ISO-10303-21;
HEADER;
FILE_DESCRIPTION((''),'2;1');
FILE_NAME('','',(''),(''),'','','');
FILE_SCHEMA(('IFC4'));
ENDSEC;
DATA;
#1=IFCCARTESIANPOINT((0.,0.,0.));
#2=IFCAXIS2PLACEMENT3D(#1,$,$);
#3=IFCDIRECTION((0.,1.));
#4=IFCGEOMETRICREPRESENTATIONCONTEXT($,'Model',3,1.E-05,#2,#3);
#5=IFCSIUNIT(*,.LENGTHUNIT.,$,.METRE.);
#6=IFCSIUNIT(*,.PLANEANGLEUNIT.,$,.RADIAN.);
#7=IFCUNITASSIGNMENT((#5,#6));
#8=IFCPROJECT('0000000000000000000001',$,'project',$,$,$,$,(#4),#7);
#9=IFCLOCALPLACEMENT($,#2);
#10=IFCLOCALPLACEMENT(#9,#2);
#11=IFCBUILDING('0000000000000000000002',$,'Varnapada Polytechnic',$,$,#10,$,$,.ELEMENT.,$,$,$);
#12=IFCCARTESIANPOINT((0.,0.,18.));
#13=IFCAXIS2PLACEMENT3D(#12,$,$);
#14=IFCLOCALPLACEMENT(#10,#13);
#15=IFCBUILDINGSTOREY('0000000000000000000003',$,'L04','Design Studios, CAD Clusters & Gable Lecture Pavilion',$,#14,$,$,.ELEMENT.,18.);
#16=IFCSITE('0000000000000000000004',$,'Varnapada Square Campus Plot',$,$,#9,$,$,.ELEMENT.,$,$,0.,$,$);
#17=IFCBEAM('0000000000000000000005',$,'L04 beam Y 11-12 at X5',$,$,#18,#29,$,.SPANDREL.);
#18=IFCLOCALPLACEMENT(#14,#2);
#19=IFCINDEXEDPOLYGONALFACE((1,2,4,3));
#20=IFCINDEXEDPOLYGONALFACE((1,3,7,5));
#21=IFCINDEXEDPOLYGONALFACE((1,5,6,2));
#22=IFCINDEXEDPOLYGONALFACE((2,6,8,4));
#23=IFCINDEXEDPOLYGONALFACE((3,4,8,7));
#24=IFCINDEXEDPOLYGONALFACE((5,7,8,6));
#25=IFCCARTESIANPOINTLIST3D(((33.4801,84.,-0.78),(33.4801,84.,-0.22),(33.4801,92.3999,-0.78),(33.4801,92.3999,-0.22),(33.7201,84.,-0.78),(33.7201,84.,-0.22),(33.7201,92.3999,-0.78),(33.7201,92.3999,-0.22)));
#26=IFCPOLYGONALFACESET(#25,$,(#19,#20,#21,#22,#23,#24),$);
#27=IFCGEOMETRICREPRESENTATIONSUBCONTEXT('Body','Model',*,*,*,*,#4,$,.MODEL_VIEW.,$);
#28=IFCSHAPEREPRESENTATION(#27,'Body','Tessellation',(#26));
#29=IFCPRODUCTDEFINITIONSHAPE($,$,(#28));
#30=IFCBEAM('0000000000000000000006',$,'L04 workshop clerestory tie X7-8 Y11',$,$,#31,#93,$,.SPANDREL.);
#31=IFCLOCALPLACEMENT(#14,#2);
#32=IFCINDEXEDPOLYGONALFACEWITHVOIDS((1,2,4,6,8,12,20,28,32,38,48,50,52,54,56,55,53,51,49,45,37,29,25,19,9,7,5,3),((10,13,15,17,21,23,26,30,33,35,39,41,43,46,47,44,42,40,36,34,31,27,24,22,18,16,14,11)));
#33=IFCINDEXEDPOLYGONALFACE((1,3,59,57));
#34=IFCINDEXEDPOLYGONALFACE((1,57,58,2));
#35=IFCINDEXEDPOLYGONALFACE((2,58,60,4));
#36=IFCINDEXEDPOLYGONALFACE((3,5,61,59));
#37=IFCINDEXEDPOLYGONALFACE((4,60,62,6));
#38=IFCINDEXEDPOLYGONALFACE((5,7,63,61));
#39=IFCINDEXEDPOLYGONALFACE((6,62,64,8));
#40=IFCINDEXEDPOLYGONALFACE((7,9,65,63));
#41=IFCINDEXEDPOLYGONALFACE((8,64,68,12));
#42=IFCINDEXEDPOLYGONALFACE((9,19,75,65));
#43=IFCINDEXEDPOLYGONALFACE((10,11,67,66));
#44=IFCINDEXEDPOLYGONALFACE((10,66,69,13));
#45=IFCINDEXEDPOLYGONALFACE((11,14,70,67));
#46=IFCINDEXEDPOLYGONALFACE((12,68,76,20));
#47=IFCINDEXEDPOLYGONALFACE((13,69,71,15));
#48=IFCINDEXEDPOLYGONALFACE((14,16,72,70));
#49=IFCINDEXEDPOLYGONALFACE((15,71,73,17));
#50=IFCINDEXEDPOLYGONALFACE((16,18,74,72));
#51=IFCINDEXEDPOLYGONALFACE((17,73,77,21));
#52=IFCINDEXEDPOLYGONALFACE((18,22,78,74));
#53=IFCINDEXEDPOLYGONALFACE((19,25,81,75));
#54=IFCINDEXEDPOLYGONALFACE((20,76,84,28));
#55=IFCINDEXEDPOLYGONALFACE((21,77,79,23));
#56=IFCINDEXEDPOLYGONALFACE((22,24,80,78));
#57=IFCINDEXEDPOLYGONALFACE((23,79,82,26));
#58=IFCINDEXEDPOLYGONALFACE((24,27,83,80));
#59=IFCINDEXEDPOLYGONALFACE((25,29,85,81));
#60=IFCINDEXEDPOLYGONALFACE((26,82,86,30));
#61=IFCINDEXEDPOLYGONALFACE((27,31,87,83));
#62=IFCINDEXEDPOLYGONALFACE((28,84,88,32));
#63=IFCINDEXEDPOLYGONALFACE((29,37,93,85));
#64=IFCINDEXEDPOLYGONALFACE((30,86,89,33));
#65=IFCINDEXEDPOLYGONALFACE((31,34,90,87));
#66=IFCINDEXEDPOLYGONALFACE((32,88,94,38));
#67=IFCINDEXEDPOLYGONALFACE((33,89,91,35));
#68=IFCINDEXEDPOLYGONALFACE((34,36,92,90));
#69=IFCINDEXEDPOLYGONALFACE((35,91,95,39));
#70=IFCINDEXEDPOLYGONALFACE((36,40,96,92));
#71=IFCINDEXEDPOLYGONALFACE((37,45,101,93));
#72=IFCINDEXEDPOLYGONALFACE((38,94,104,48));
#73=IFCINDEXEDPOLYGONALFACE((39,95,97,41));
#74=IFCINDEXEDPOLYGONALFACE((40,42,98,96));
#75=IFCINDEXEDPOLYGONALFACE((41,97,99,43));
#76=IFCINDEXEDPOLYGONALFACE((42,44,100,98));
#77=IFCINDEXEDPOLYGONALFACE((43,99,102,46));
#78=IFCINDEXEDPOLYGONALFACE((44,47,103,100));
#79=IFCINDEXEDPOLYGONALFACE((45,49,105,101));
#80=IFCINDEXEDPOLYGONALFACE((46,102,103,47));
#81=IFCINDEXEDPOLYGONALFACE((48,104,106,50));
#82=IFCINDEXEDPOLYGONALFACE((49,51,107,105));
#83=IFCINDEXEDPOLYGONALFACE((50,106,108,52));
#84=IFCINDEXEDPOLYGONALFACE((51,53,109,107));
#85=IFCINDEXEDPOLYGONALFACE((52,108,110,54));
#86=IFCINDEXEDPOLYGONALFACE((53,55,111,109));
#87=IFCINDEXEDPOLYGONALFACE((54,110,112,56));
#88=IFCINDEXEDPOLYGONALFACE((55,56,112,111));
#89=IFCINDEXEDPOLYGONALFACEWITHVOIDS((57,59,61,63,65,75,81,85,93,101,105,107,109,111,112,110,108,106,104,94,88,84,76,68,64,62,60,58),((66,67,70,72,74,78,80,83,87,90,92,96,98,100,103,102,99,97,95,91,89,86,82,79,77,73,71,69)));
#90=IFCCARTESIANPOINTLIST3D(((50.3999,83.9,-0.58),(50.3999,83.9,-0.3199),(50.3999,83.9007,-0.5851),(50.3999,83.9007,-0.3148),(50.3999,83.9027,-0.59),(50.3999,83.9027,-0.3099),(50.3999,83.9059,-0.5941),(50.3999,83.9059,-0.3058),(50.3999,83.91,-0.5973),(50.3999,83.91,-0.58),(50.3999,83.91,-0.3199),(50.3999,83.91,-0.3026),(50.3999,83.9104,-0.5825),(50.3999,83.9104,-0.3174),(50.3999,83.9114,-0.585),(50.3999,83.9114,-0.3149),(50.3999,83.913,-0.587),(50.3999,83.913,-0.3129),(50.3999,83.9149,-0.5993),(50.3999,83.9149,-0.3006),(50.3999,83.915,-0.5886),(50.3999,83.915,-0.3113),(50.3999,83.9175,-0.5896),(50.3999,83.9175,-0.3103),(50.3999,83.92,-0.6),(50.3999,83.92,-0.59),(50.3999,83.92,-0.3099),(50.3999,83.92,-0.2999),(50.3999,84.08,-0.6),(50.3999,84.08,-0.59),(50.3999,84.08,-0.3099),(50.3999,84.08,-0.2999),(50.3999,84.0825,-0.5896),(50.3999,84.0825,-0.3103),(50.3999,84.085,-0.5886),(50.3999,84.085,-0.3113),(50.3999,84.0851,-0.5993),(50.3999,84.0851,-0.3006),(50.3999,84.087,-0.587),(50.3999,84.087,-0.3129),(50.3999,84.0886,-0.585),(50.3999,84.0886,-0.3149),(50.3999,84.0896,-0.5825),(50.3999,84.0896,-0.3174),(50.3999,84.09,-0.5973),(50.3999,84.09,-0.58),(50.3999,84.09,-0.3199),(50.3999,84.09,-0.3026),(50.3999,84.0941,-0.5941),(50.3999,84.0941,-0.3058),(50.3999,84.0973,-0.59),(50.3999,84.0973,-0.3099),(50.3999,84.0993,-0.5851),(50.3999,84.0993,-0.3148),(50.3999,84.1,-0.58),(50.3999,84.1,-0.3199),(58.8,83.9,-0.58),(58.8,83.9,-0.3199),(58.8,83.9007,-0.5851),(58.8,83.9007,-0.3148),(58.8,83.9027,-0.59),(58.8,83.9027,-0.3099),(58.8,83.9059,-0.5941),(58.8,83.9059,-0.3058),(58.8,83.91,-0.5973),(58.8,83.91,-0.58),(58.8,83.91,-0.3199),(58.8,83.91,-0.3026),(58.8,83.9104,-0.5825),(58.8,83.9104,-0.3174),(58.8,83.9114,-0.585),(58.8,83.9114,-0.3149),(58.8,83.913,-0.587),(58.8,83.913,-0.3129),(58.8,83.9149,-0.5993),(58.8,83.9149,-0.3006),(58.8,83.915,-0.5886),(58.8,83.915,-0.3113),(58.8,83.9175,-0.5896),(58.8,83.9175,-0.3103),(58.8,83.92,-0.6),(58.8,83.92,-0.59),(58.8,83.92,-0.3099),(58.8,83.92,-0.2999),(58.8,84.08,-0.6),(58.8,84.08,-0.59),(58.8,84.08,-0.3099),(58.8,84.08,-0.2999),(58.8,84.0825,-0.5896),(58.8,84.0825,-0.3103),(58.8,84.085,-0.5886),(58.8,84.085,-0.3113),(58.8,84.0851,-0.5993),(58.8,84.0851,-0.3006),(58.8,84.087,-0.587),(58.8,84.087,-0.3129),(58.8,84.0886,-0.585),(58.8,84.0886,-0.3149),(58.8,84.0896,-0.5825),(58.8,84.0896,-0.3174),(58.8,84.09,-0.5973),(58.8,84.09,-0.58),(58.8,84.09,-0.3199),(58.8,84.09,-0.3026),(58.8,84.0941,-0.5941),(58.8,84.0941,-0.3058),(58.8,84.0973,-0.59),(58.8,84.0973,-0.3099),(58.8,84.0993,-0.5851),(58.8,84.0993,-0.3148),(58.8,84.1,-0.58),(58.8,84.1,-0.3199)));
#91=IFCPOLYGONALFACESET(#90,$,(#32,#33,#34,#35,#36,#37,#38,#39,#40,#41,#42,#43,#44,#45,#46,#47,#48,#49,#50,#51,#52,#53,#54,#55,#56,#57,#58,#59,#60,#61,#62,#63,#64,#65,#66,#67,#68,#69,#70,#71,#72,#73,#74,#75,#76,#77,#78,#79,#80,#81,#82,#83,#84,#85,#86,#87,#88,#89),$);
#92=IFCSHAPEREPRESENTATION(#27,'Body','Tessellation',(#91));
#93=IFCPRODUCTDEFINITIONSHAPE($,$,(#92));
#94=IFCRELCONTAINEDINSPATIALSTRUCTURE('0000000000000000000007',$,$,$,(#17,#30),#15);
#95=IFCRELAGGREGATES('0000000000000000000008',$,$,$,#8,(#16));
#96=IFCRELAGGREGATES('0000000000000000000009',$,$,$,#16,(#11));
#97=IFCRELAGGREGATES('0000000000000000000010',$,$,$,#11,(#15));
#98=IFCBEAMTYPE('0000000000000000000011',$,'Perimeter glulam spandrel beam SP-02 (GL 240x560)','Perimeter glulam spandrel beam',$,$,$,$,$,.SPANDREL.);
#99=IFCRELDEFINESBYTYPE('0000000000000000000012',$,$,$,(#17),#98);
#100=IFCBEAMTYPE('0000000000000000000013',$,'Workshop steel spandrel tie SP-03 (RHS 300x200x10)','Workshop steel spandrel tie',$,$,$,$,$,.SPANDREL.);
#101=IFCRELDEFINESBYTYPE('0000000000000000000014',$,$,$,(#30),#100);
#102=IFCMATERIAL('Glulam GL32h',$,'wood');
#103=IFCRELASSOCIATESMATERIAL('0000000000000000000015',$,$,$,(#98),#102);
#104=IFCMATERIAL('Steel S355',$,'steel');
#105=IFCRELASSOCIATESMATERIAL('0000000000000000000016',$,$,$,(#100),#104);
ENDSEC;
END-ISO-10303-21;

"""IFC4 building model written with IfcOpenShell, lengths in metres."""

from ifc_helpers import new_model, si_unit, direction, frame, origin, origin_2d, place, context, subcontext, project, spatial, rectangle, hollow_rectangle, extrude, material, material_profile, profile_set, type_object, element, save


model = new_model("IFC4")

# Units and contexts
model_context = context("Model", 3, precision=1e-05, world=origin(), true_north=direction((0.0, 1.0)))
body_context = subcontext(model_context, "Body", "Model", "MODEL_VIEW")
ifc_project = project(units=[si_unit("LENGTHUNIT", "METRE"), si_unit("PLANEANGLEUNIT", "RADIAN")], contexts=[model_context])

# Site, building, storey
site_placement = place(None, origin())
site = spatial("IfcSite", under=ifc_project, at=site_placement, Name="Varnapada Square Campus Plot", CompositionType="ELEMENT", RefElevation=0.0)
building_placement = place(site_placement, origin())
building = spatial("IfcBuilding", under=site, at=building_placement, Name="Varnapada Polytechnic", CompositionType="ELEMENT")
storey_placement = place(building_placement, frame((0.0, 0.0, 18.0)))
storey = spatial("IfcBuildingStorey", under=building, at=storey_placement, Name="L04", Description="Design Studios, CAD Clusters & Gable Lecture Pavilion", CompositionType="ELEMENT", Elevation=18.0)

# Beams
ifc_material_1 = material(Name="Glulam GL32h", Category="wood")
ifc_material_profile_1 = material_profile(ifc_material_1, rectangle(XDim=0.24, YDim=0.5601, at=origin_2d()), Name="GL 240x560")
ifc_profile_set_1 = profile_set([ifc_material_profile_1], Name="Glulam GL32h")
beam_type_1 = type_object("IfcBeamType", Name="Perimeter glulam spandrel beam SP-02 (GL 240x560)", Description="Perimeter glulam spandrel beam", PredefinedType="SPANDREL", material=ifc_profile_set_1)
beam_1_placement = place(storey_placement, frame((33.6001, 84.0, -0.5), z_axis=(0.0, 1.0, 0.0), x_axis=(-1.0, 0.0, 0.0)))
element("IfcBeam", 1, at=beam_1_placement, inside=storey, type_object=beam_type_1, Name="L04 beam Y 11-12 at X5", PredefinedType="SPANDREL", context=body_context, shape_type="SweptSolid", body=[
    extrude(rectangle(XDim=0.24, YDim=0.5601, at=origin_2d()), origin(), (0.0, 0.0, 1.0), 8.3999),
])
ifc_material_2 = material(Name="Steel S355", Category="steel")
ifc_material_profile_2 = material_profile(ifc_material_2, hollow_rectangle(XDim=0.2, YDim=0.3, WallThickness=0.01, InnerFilletRadius=0.01, OuterFilletRadius=0.02, at=origin_2d()), Name="RHS 300x200x10")
ifc_profile_set_2 = profile_set([ifc_material_profile_2], Name="Steel S355")
beam_type_2 = type_object("IfcBeamType", Name="Workshop steel spandrel tie SP-03 (RHS 300x200x10)", Description="Workshop steel spandrel tie", PredefinedType="SPANDREL", material=ifc_profile_set_2)
beam_2_placement = place(storey_placement, frame((50.3999, 84.0, -0.45), z_axis=(1.0, 0.0, 0.0), x_axis=(0.0, 1.0, 0.0)))
element("IfcBeam", 2, at=beam_2_placement, inside=storey, type_object=beam_type_2, Name="L04 workshop clerestory tie X7-8 Y11", PredefinedType="SPANDREL", context=body_context, shape_type="SweptSolid", body=[
    extrude(hollow_rectangle(XDim=0.2, YDim=0.3, WallThickness=0.01, InnerFilletRadius=0.01, OuterFilletRadius=0.02, at=origin_2d()), origin(), (0.0, 0.0, 1.0), 8.4001),
])

save(model, "model.ifc")
